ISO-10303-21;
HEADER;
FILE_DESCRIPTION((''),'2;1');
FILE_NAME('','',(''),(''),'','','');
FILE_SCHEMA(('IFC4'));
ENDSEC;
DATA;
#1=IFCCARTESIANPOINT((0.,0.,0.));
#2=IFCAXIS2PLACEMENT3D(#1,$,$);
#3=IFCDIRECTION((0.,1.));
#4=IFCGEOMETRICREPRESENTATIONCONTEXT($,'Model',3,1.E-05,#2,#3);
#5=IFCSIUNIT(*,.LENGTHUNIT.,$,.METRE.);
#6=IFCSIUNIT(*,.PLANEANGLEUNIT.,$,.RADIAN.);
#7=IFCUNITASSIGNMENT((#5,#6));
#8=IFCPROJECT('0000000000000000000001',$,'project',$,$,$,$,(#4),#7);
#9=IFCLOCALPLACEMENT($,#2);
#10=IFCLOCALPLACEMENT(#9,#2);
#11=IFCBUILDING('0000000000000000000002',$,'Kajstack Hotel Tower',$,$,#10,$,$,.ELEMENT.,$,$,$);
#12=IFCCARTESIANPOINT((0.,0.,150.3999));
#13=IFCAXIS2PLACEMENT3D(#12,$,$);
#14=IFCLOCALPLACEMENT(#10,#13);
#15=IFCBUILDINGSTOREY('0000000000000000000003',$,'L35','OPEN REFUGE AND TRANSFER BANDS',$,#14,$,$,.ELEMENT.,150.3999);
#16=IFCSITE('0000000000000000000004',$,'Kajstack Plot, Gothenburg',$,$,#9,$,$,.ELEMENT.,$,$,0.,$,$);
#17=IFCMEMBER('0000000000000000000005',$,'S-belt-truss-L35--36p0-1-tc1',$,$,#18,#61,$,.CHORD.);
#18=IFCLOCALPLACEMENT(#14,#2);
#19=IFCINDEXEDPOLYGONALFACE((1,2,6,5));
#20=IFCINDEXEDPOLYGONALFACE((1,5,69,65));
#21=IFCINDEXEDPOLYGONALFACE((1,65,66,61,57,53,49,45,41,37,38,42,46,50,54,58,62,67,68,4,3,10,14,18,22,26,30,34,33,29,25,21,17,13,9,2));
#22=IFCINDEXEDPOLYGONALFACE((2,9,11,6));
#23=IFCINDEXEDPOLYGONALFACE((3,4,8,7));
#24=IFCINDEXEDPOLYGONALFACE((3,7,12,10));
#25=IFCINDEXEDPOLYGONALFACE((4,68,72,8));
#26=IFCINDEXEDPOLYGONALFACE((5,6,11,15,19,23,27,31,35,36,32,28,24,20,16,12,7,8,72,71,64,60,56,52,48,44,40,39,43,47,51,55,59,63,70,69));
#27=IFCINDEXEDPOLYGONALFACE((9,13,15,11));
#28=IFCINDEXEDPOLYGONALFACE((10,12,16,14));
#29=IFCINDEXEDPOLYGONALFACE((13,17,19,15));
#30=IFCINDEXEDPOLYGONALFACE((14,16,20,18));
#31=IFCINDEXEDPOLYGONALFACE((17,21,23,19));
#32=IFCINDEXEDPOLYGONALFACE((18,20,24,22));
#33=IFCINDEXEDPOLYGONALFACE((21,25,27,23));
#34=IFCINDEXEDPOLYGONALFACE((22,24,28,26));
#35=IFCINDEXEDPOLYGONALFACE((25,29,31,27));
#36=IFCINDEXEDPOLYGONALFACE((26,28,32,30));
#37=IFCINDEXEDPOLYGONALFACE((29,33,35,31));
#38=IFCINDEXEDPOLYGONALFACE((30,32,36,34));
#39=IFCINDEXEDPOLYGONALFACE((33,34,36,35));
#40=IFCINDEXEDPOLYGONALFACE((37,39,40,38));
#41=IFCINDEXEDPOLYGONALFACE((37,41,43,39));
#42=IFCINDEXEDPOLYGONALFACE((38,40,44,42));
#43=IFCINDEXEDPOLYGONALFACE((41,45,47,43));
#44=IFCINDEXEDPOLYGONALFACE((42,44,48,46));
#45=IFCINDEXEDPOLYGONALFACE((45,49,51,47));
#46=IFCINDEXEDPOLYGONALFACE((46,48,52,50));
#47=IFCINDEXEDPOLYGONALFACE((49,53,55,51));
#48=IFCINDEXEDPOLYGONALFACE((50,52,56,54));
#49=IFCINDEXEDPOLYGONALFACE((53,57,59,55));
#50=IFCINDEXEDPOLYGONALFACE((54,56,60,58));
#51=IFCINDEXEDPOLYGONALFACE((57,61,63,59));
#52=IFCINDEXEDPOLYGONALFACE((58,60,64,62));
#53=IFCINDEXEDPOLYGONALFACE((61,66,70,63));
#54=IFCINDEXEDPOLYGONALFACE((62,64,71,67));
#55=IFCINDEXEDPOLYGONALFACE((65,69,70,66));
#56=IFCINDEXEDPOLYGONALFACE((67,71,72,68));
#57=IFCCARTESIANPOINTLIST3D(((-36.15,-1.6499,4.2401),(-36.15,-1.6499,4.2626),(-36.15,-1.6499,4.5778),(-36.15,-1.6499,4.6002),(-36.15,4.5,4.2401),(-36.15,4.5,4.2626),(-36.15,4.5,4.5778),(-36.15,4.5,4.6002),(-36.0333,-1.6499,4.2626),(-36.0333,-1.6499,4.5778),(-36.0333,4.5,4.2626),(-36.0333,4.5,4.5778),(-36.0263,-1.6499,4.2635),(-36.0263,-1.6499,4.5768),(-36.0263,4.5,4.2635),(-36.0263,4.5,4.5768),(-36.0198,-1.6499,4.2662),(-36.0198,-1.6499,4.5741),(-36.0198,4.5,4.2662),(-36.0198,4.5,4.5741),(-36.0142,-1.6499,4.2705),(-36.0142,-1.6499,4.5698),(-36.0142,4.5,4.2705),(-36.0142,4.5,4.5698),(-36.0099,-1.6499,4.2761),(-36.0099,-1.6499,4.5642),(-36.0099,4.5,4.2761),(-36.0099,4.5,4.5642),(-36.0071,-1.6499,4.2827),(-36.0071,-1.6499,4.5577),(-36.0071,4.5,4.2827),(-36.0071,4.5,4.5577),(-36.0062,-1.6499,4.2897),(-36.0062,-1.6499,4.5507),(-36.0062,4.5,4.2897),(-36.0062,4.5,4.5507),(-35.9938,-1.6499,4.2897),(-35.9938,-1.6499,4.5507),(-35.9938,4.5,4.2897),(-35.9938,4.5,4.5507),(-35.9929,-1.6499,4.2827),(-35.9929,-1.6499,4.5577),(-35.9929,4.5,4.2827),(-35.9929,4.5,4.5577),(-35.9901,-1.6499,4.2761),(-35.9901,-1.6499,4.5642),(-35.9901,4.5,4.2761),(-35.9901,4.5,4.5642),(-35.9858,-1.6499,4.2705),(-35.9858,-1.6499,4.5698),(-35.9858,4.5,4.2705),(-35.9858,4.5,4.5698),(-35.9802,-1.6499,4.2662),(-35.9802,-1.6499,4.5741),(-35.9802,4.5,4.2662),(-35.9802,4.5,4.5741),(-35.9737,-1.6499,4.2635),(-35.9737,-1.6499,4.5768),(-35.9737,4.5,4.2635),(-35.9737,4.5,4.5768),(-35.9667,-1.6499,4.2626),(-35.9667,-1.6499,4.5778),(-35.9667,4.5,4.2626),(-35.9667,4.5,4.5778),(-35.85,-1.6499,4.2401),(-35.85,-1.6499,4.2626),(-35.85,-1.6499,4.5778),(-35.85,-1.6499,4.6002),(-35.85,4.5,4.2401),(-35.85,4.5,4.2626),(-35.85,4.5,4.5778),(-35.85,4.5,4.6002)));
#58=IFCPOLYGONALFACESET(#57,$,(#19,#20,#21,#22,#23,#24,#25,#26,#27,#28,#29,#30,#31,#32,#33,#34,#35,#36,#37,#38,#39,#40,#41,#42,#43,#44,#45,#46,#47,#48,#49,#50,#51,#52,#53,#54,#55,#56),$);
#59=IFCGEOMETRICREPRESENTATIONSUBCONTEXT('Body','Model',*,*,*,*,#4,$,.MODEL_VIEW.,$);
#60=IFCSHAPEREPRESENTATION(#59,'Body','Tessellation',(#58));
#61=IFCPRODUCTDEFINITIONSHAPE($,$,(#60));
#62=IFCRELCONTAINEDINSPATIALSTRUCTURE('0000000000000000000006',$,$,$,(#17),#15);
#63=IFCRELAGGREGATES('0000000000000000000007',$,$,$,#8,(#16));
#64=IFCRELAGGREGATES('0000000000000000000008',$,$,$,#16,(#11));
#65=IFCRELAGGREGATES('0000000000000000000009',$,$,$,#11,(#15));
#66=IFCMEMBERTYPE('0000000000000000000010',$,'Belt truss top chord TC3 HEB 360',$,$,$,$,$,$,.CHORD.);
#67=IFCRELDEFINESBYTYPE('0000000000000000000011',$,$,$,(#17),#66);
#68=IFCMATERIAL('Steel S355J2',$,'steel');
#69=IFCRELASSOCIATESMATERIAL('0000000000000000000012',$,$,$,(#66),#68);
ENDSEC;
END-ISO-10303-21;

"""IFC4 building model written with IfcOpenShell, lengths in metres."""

from ifc_helpers import new_model, si_unit, direction, frame, origin, origin_2d, place, context, subcontext, project, spatial, i_section, extrude, material, material_profile, profile_set, type_object, element, save


model = new_model("IFC4")

# Units and contexts
model_context = context("Model", 3, precision=1e-05, world=origin(), true_north=direction((0.0, 1.0)))
body_context = subcontext(model_context, "Body", "Model", "MODEL_VIEW")
ifc_project = project(units=[si_unit("LENGTHUNIT", "METRE"), si_unit("PLANEANGLEUNIT", "RADIAN")], contexts=[model_context])

# Site, building, storey
site_placement = place(None, origin())
site = spatial("IfcSite", under=ifc_project, at=site_placement, Name="Kajstack Plot, Gothenburg", CompositionType="ELEMENT", RefElevation=0.0)
building_placement = place(site_placement, origin())
building = spatial("IfcBuilding", under=site, at=building_placement, Name="Kajstack Hotel Tower", CompositionType="ELEMENT")
storey_placement = place(building_placement, frame((0.0, 0.0, 150.3999)))
storey = spatial("IfcBuildingStorey", under=building, at=storey_placement, Name="L35", Description="OPEN REFUGE AND TRANSFER BANDS", CompositionType="ELEMENT", Elevation=150.3999)

# Member
ifc_material_1 = material(Name="Steel S355J2", Category="steel")
ifc_material_profile = material_profile(ifc_material_1, i_section(OverallWidth=0.3, OverallDepth=0.3601, WebThickness=0.0125, FlangeThickness=0.0225, FilletRadius=0.0271, at=origin_2d()), Name="HEB 360")
ifc_profile_set = profile_set([ifc_material_profile], Name="Steel S355J2")
member_type = type_object("IfcMemberType", Name="Belt truss top chord TC3 HEB 360", PredefinedType="CHORD", material=ifc_profile_set)
member_placement = place(storey_placement, frame((-36.0, -1.6499, 4.4202), z_axis=(0.0, 1.0, 0.0), x_axis=(-1.0, 0.0, 0.0)))
element("IfcMember", 1, at=member_placement, inside=storey, type_object=member_type, Name="S-belt-truss-L35--36p0-1-tc1", PredefinedType="CHORD", context=body_context, shape_type="SweptSolid", body=[
    extrude(i_section(OverallWidth=0.3, OverallDepth=0.3601, WebThickness=0.0125, FlangeThickness=0.0225, FilletRadius=0.0271, at=origin_2d()), origin(), (0.0, 0.0, 1.0), 6.1499),
])

save(model, "model.ifc")
